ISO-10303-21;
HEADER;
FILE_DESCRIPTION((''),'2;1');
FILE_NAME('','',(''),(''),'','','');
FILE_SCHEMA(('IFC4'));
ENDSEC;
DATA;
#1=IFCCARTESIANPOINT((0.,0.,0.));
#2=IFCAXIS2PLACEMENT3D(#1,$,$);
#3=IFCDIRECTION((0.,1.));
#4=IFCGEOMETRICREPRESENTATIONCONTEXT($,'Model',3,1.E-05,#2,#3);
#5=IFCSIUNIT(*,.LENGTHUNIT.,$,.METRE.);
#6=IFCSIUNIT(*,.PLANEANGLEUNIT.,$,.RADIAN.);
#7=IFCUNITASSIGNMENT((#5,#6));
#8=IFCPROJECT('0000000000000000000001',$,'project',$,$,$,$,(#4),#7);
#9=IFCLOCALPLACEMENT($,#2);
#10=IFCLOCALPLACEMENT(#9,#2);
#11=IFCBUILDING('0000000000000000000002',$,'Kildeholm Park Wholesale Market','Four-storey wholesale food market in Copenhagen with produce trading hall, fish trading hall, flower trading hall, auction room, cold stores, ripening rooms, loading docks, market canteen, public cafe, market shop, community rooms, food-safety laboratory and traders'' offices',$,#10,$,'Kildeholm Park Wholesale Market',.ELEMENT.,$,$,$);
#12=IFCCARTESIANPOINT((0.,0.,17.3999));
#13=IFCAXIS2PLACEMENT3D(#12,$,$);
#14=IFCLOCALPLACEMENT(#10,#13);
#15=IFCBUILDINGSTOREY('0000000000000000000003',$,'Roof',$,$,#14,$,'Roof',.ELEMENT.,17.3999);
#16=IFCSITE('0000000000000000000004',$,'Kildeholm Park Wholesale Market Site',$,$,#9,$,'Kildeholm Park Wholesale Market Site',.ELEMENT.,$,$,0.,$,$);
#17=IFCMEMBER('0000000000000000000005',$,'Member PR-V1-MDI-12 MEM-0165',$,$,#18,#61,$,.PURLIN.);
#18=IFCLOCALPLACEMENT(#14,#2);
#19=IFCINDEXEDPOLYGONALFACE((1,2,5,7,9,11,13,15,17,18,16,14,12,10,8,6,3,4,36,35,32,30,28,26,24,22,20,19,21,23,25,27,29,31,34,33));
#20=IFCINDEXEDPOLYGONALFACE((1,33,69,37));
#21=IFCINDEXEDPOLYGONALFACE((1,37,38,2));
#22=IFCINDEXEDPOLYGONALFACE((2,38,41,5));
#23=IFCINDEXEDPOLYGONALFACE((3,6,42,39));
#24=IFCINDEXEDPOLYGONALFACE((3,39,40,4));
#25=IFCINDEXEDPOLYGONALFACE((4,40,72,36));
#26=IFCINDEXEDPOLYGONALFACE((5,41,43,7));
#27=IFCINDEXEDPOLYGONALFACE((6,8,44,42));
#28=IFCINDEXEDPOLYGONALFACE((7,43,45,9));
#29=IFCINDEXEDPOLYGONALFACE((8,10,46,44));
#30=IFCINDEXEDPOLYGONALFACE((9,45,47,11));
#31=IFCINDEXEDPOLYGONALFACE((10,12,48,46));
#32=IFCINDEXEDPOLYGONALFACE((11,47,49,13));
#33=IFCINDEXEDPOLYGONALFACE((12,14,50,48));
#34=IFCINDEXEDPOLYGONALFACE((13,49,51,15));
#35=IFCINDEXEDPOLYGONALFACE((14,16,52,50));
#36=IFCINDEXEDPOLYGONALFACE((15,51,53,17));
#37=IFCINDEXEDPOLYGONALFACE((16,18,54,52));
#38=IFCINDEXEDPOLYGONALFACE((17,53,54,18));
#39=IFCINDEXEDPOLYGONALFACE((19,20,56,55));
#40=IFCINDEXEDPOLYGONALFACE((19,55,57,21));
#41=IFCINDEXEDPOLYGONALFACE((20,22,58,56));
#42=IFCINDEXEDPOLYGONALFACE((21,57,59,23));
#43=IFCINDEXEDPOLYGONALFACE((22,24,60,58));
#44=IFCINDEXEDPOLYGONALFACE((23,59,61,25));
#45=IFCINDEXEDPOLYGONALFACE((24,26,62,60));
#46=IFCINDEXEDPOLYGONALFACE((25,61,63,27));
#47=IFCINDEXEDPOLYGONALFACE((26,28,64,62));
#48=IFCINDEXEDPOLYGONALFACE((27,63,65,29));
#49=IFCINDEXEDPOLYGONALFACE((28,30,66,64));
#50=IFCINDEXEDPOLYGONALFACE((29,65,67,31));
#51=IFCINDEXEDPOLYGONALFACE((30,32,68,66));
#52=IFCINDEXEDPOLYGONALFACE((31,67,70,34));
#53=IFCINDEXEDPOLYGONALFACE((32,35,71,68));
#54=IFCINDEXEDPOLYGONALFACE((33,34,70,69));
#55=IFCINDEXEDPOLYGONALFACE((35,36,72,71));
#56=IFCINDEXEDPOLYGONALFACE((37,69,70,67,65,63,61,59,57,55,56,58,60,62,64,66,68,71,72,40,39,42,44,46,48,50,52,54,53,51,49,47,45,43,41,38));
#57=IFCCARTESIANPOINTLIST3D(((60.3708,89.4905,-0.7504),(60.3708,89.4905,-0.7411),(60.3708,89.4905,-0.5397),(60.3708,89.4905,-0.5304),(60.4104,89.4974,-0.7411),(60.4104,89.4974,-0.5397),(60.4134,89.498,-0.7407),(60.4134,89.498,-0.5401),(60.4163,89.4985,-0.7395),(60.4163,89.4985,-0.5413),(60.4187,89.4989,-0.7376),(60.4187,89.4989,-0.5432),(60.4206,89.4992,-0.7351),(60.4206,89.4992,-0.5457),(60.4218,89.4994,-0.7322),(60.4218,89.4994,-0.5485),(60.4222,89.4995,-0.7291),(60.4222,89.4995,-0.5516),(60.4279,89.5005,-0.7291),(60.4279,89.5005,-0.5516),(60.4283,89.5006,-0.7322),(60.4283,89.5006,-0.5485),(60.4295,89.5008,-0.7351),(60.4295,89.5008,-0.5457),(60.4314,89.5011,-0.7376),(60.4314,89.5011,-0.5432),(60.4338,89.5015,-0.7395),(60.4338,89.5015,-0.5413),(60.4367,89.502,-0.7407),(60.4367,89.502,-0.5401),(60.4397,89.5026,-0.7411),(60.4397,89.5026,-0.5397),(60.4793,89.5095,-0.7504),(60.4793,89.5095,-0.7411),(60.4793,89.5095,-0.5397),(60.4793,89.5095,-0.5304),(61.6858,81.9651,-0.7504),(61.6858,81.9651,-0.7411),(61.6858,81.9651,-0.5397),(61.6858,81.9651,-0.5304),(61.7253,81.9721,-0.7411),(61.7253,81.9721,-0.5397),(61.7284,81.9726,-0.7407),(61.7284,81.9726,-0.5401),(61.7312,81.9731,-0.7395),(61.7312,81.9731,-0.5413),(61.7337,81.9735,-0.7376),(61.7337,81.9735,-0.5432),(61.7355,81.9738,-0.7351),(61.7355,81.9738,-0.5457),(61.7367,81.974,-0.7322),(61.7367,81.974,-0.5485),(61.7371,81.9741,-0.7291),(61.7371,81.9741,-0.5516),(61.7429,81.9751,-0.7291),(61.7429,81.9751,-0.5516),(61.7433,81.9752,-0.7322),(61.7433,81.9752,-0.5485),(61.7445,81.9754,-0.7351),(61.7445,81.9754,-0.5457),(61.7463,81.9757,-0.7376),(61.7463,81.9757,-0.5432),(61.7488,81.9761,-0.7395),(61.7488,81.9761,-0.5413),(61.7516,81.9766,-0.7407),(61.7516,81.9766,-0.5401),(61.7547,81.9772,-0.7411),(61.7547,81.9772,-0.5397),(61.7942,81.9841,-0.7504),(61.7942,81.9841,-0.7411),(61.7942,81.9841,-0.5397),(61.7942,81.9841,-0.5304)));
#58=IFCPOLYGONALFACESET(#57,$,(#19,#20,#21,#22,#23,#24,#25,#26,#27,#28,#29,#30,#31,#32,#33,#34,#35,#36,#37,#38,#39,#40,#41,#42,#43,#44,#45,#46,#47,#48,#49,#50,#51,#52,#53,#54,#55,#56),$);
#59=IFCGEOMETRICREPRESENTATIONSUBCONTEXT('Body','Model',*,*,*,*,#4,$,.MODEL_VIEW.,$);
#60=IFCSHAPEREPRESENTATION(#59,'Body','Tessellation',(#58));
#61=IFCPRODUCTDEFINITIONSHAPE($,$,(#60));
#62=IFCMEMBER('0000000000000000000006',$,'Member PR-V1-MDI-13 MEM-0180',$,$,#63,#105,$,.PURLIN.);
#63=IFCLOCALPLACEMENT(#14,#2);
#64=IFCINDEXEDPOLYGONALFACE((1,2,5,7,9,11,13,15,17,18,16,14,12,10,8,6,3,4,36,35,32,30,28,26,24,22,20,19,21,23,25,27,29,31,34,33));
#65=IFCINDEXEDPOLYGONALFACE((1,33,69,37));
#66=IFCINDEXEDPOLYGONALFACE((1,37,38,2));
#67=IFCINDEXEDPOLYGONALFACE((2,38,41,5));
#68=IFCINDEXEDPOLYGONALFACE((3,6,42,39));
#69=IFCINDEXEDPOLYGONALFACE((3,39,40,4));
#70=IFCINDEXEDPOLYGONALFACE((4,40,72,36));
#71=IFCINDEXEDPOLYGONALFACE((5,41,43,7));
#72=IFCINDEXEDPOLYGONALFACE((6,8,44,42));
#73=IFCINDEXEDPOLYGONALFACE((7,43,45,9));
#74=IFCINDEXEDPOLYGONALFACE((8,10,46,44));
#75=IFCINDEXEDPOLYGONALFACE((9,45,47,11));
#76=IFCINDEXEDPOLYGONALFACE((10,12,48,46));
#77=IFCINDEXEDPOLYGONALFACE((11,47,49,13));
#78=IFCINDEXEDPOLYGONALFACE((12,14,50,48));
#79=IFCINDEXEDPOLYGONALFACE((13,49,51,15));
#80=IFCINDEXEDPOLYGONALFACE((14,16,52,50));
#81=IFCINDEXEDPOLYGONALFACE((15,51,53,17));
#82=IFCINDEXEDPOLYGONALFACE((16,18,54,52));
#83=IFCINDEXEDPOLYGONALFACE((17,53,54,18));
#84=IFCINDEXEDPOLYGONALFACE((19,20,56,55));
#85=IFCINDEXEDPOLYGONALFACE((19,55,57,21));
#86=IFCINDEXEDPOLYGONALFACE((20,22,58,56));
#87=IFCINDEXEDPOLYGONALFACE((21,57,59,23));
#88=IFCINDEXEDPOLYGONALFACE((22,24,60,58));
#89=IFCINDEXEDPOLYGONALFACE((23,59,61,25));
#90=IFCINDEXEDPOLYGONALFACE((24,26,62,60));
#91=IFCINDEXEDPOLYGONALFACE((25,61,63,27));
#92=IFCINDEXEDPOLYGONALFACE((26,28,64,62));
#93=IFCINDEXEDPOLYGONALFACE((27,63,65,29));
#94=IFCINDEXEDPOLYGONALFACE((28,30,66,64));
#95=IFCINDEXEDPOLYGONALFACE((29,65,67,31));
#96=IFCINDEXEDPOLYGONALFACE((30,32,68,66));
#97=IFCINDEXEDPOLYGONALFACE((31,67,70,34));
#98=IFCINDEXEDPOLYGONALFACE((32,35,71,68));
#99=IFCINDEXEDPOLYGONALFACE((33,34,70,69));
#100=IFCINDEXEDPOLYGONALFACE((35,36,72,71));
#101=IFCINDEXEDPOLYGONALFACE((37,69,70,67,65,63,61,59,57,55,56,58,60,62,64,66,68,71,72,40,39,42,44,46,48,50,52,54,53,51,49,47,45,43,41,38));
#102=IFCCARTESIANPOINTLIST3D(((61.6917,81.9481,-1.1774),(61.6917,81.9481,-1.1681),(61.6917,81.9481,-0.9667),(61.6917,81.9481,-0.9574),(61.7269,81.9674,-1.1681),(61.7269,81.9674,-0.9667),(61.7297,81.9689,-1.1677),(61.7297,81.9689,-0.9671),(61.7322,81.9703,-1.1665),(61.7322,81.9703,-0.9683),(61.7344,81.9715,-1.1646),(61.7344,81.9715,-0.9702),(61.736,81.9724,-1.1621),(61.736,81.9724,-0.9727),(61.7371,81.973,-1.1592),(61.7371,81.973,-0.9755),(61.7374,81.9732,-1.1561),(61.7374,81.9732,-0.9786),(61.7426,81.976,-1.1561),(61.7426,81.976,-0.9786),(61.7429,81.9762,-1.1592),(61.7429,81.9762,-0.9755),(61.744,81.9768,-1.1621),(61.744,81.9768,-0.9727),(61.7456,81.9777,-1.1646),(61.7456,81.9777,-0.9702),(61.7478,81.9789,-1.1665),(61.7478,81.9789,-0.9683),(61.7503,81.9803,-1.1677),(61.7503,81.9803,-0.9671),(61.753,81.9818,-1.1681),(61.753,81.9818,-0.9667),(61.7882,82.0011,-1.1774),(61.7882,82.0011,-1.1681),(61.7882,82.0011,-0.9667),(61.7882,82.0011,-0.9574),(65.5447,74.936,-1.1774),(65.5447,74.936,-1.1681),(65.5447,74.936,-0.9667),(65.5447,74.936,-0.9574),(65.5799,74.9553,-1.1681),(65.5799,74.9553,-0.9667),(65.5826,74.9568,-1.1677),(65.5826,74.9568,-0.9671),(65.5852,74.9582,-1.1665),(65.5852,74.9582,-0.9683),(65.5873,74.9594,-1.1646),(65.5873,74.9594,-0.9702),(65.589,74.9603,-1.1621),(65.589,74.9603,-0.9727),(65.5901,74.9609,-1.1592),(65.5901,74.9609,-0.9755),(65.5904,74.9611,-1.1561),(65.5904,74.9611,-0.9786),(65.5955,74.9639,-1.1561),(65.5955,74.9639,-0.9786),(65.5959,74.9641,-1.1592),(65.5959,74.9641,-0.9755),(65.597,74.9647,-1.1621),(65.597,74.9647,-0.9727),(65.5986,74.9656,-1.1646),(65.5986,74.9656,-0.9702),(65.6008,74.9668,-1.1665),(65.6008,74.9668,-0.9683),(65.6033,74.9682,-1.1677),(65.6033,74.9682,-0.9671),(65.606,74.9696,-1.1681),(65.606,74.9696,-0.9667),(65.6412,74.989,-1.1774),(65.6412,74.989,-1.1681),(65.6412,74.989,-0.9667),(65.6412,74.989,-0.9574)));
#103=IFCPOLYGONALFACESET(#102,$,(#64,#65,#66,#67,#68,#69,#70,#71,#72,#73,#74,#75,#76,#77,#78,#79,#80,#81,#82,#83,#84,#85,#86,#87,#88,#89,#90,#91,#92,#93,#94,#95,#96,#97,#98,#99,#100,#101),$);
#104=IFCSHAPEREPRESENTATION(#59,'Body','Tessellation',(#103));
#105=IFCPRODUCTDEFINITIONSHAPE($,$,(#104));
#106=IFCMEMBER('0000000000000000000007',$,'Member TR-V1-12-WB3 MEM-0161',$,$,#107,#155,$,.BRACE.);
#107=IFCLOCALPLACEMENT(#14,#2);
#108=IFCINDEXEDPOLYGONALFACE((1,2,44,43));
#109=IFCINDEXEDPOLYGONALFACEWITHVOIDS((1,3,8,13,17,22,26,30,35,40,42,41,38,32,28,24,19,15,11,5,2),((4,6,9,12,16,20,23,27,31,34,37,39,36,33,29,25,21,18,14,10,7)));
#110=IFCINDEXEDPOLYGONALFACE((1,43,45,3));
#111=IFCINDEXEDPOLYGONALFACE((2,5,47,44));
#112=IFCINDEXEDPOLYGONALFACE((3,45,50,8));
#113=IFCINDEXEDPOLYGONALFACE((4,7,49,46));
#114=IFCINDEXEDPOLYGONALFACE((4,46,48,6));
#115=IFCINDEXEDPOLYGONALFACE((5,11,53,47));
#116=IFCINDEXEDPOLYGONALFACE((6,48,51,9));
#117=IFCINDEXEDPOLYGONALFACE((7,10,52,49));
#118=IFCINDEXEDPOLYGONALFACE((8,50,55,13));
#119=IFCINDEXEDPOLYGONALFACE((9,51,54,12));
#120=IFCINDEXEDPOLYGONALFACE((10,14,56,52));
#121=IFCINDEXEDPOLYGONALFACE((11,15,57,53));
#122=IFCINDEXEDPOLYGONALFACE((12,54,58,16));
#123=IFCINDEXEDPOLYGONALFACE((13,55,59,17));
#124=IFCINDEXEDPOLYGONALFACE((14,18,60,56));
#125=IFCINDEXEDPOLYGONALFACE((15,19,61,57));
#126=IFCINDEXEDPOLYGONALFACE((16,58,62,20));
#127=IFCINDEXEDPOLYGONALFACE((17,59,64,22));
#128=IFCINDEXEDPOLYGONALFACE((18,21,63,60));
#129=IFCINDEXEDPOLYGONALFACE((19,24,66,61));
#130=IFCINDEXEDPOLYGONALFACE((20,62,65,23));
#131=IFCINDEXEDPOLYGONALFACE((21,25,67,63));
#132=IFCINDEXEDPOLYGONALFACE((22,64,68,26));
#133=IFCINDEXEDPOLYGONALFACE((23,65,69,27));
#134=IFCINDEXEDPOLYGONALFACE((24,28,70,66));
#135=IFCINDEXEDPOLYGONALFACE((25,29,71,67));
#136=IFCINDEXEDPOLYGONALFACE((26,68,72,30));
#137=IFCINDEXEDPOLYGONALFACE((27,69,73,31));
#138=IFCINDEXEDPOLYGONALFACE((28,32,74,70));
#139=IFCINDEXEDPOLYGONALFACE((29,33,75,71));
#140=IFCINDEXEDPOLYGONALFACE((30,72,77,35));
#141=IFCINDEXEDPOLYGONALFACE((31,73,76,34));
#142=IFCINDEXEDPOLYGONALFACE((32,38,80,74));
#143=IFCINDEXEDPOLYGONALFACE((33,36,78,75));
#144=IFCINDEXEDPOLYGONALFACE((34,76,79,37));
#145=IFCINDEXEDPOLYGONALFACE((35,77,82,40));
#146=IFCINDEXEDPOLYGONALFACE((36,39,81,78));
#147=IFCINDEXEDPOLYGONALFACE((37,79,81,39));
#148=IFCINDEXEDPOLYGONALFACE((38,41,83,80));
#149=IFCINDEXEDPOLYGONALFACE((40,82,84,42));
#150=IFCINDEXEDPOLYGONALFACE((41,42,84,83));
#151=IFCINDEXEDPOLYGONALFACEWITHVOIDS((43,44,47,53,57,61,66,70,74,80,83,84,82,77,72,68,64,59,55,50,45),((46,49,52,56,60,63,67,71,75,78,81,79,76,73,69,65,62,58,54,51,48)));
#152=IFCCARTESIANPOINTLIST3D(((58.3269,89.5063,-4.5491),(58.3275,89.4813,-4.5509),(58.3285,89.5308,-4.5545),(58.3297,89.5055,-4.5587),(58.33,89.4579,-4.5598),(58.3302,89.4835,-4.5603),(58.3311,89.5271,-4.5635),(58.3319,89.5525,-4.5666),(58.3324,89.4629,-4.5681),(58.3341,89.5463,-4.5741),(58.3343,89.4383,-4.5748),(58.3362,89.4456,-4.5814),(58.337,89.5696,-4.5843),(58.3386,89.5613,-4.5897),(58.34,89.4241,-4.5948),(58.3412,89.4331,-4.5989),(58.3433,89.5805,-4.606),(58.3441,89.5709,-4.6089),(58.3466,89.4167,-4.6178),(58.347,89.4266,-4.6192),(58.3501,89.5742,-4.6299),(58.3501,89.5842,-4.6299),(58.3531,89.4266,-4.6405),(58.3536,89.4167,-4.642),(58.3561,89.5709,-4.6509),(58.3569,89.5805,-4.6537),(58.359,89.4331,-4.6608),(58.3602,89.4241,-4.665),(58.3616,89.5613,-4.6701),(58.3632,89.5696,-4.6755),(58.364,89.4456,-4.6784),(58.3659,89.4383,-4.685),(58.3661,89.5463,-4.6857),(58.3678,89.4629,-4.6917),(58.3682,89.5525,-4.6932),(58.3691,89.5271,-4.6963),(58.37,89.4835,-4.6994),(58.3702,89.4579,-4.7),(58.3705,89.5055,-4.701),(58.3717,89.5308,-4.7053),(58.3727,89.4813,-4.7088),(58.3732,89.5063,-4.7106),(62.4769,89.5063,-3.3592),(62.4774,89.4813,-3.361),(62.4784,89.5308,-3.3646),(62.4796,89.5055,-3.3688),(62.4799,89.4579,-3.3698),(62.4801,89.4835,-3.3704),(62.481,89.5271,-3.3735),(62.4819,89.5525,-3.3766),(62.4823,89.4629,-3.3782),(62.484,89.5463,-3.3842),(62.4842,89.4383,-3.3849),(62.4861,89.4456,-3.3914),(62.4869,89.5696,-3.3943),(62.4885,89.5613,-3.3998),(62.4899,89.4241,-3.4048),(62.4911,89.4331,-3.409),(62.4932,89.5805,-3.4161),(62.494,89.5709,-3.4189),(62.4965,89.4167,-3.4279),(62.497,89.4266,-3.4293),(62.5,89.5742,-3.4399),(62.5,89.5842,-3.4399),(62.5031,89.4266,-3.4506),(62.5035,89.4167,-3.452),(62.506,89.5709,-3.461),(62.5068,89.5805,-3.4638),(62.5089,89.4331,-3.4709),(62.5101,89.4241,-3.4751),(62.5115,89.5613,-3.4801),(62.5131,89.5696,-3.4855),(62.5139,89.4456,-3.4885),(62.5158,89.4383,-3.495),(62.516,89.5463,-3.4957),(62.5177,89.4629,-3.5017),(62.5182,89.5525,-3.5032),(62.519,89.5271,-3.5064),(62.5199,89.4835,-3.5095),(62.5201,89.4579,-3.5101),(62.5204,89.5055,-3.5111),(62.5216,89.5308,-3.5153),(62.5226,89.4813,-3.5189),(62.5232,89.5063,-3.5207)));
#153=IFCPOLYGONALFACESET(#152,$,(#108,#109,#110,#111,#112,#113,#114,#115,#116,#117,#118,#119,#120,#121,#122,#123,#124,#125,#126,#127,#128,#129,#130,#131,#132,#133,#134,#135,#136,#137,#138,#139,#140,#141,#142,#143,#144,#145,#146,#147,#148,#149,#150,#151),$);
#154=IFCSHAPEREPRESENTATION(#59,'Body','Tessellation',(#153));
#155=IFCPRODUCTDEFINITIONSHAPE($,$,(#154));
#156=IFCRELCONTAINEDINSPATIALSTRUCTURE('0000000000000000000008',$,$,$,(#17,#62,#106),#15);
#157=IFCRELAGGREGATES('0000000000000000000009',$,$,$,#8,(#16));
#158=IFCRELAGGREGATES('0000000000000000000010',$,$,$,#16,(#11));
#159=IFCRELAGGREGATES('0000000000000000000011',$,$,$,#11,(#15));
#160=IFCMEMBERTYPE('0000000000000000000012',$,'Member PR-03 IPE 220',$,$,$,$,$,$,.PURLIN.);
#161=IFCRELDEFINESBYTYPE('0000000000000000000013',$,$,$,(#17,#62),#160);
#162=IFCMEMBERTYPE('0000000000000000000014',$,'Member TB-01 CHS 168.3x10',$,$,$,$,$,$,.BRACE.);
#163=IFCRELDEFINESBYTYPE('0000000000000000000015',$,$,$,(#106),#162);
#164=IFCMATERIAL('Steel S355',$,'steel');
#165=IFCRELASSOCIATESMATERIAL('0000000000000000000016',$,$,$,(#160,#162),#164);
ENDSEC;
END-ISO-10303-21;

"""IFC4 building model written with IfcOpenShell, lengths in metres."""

from ifc_helpers import new_model, si_unit, direction, frame, origin, origin_2d, place, context, subcontext, project, spatial, hollow_circle, i_section, extrude, material, material_profile, profile_set, type_object, element, save


model = new_model("IFC4")

# Units and contexts
model_context = context("Model", 3, precision=1e-05, world=origin(), true_north=direction((0.0, 1.0)))
body_context = subcontext(model_context, "Body", "Model", "MODEL_VIEW")
ifc_project = project(units=[si_unit("LENGTHUNIT", "METRE"), si_unit("PLANEANGLEUNIT", "RADIAN")], contexts=[model_context])

# Site, building, storey
site_placement = place(None, origin())
site = spatial("IfcSite", under=ifc_project, at=site_placement, Name="Kildeholm Park Wholesale Market Site", LongName="Kildeholm Park Wholesale Market Site", CompositionType="ELEMENT", RefElevation=0.0)
building_placement = place(site_placement, origin())
building = spatial("IfcBuilding", under=site, at=building_placement, Name="Kildeholm Park Wholesale Market", Description="Four-storey wholesale food market in Copenhagen with produce trading hall, fish trading hall, flower trading hall, auction room, cold stores, ripening rooms, loading docks, market canteen, public cafe, market shop, community rooms, food-safety laboratory and traders' offices", LongName="Kildeholm Park Wholesale Market", CompositionType="ELEMENT")
storey_placement = place(building_placement, frame((0.0, 0.0, 17.3999)))
storey = spatial("IfcBuildingStorey", under=building, at=storey_placement, Name="Roof", LongName="Roof", CompositionType="ELEMENT", Elevation=17.3999)

# Members
ifc_material_1 = material(Name="Steel S355", Category="steel")
ifc_material_profile_1 = material_profile(ifc_material_1, i_section(OverallWidth=0.1101, OverallDepth=0.22, WebThickness=0.0059, FlangeThickness=0.0093, FilletRadius=0.012, at=origin_2d()), Name="IPE 220")
ifc_profile_set_1 = profile_set([ifc_material_profile_1], Name="Steel S355")
member_type_1 = type_object("IfcMemberType", Name="Member PR-03 IPE 220", PredefinedType="PURLIN", material=ifc_profile_set_1)
for number, where, z_axis, x_axis, name in (
    (1, (60.425, 89.5, -0.6404), (0.172126, -0.985075, 0.0), (0.985075, 0.172126, 0.0), "Member PR-V1-MDI-12 MEM-0165"),
):
    element("IfcMember", number, at=place(storey_placement, frame(where, z_axis=z_axis, x_axis=x_axis)), inside=storey, type_object=member_type_1, Name=name, PredefinedType="PURLIN", context=body_context, shape_type="SweptSolid", body=[
        extrude(i_section(OverallWidth=0.1101, OverallDepth=0.22, WebThickness=0.0059, FlangeThickness=0.0093, FilletRadius=0.012, at=origin_2d()), origin(), (0.0, 0.0, 1.0), 7.6394),
    ])
member_1_placement = place(storey_placement, frame((61.74, 81.9746, -1.0674), z_axis=(0.481565, -0.87641, 0.0), x_axis=(0.87641, 0.481565, 0.0)))
element("IfcMember", 2, at=member_1_placement, inside=storey, type_object=member_type_1, Name="Member PR-V1-MDI-13 MEM-0180", PredefinedType="PURLIN", context=body_context, shape_type="SweptSolid", body=[
    extrude(i_section(OverallWidth=0.1101, OverallDepth=0.22, WebThickness=0.0059, FlangeThickness=0.0093, FilletRadius=0.012, at=origin_2d()), origin(), (0.0, 0.0, 1.0), 8.001),
])
ifc_material_profile_2 = material_profile(ifc_material_1, hollow_circle(Radius=0.0842, WallThickness=0.01, at=origin_2d()), Name="CHS 168.3x10")
ifc_profile_set_2 = profile_set([ifc_material_profile_2], Name="Steel S355")
member_type_2 = type_object("IfcMemberType", Name="Member TB-01 CHS 168.3x10", PredefinedType="BRACE", material=ifc_profile_set_2)
member_2_placement = place(storey_placement, frame((58.3501, 89.5, -4.6299), z_axis=(0.961263, 0.0, 0.275632), x_axis=(0.0, 1.0, 0.0)))
element("IfcMember", 3, at=member_2_placement, inside=storey, type_object=member_type_2, Name="Member TR-V1-12-WB3 MEM-0161", PredefinedType="BRACE", context=body_context, shape_type="SweptSolid", body=[
    extrude(hollow_circle(Radius=0.0842, WallThickness=0.01, at=origin_2d()), origin(), (0.0, 0.0, 1.0), 4.3171),
])

save(model, "model.ifc")
